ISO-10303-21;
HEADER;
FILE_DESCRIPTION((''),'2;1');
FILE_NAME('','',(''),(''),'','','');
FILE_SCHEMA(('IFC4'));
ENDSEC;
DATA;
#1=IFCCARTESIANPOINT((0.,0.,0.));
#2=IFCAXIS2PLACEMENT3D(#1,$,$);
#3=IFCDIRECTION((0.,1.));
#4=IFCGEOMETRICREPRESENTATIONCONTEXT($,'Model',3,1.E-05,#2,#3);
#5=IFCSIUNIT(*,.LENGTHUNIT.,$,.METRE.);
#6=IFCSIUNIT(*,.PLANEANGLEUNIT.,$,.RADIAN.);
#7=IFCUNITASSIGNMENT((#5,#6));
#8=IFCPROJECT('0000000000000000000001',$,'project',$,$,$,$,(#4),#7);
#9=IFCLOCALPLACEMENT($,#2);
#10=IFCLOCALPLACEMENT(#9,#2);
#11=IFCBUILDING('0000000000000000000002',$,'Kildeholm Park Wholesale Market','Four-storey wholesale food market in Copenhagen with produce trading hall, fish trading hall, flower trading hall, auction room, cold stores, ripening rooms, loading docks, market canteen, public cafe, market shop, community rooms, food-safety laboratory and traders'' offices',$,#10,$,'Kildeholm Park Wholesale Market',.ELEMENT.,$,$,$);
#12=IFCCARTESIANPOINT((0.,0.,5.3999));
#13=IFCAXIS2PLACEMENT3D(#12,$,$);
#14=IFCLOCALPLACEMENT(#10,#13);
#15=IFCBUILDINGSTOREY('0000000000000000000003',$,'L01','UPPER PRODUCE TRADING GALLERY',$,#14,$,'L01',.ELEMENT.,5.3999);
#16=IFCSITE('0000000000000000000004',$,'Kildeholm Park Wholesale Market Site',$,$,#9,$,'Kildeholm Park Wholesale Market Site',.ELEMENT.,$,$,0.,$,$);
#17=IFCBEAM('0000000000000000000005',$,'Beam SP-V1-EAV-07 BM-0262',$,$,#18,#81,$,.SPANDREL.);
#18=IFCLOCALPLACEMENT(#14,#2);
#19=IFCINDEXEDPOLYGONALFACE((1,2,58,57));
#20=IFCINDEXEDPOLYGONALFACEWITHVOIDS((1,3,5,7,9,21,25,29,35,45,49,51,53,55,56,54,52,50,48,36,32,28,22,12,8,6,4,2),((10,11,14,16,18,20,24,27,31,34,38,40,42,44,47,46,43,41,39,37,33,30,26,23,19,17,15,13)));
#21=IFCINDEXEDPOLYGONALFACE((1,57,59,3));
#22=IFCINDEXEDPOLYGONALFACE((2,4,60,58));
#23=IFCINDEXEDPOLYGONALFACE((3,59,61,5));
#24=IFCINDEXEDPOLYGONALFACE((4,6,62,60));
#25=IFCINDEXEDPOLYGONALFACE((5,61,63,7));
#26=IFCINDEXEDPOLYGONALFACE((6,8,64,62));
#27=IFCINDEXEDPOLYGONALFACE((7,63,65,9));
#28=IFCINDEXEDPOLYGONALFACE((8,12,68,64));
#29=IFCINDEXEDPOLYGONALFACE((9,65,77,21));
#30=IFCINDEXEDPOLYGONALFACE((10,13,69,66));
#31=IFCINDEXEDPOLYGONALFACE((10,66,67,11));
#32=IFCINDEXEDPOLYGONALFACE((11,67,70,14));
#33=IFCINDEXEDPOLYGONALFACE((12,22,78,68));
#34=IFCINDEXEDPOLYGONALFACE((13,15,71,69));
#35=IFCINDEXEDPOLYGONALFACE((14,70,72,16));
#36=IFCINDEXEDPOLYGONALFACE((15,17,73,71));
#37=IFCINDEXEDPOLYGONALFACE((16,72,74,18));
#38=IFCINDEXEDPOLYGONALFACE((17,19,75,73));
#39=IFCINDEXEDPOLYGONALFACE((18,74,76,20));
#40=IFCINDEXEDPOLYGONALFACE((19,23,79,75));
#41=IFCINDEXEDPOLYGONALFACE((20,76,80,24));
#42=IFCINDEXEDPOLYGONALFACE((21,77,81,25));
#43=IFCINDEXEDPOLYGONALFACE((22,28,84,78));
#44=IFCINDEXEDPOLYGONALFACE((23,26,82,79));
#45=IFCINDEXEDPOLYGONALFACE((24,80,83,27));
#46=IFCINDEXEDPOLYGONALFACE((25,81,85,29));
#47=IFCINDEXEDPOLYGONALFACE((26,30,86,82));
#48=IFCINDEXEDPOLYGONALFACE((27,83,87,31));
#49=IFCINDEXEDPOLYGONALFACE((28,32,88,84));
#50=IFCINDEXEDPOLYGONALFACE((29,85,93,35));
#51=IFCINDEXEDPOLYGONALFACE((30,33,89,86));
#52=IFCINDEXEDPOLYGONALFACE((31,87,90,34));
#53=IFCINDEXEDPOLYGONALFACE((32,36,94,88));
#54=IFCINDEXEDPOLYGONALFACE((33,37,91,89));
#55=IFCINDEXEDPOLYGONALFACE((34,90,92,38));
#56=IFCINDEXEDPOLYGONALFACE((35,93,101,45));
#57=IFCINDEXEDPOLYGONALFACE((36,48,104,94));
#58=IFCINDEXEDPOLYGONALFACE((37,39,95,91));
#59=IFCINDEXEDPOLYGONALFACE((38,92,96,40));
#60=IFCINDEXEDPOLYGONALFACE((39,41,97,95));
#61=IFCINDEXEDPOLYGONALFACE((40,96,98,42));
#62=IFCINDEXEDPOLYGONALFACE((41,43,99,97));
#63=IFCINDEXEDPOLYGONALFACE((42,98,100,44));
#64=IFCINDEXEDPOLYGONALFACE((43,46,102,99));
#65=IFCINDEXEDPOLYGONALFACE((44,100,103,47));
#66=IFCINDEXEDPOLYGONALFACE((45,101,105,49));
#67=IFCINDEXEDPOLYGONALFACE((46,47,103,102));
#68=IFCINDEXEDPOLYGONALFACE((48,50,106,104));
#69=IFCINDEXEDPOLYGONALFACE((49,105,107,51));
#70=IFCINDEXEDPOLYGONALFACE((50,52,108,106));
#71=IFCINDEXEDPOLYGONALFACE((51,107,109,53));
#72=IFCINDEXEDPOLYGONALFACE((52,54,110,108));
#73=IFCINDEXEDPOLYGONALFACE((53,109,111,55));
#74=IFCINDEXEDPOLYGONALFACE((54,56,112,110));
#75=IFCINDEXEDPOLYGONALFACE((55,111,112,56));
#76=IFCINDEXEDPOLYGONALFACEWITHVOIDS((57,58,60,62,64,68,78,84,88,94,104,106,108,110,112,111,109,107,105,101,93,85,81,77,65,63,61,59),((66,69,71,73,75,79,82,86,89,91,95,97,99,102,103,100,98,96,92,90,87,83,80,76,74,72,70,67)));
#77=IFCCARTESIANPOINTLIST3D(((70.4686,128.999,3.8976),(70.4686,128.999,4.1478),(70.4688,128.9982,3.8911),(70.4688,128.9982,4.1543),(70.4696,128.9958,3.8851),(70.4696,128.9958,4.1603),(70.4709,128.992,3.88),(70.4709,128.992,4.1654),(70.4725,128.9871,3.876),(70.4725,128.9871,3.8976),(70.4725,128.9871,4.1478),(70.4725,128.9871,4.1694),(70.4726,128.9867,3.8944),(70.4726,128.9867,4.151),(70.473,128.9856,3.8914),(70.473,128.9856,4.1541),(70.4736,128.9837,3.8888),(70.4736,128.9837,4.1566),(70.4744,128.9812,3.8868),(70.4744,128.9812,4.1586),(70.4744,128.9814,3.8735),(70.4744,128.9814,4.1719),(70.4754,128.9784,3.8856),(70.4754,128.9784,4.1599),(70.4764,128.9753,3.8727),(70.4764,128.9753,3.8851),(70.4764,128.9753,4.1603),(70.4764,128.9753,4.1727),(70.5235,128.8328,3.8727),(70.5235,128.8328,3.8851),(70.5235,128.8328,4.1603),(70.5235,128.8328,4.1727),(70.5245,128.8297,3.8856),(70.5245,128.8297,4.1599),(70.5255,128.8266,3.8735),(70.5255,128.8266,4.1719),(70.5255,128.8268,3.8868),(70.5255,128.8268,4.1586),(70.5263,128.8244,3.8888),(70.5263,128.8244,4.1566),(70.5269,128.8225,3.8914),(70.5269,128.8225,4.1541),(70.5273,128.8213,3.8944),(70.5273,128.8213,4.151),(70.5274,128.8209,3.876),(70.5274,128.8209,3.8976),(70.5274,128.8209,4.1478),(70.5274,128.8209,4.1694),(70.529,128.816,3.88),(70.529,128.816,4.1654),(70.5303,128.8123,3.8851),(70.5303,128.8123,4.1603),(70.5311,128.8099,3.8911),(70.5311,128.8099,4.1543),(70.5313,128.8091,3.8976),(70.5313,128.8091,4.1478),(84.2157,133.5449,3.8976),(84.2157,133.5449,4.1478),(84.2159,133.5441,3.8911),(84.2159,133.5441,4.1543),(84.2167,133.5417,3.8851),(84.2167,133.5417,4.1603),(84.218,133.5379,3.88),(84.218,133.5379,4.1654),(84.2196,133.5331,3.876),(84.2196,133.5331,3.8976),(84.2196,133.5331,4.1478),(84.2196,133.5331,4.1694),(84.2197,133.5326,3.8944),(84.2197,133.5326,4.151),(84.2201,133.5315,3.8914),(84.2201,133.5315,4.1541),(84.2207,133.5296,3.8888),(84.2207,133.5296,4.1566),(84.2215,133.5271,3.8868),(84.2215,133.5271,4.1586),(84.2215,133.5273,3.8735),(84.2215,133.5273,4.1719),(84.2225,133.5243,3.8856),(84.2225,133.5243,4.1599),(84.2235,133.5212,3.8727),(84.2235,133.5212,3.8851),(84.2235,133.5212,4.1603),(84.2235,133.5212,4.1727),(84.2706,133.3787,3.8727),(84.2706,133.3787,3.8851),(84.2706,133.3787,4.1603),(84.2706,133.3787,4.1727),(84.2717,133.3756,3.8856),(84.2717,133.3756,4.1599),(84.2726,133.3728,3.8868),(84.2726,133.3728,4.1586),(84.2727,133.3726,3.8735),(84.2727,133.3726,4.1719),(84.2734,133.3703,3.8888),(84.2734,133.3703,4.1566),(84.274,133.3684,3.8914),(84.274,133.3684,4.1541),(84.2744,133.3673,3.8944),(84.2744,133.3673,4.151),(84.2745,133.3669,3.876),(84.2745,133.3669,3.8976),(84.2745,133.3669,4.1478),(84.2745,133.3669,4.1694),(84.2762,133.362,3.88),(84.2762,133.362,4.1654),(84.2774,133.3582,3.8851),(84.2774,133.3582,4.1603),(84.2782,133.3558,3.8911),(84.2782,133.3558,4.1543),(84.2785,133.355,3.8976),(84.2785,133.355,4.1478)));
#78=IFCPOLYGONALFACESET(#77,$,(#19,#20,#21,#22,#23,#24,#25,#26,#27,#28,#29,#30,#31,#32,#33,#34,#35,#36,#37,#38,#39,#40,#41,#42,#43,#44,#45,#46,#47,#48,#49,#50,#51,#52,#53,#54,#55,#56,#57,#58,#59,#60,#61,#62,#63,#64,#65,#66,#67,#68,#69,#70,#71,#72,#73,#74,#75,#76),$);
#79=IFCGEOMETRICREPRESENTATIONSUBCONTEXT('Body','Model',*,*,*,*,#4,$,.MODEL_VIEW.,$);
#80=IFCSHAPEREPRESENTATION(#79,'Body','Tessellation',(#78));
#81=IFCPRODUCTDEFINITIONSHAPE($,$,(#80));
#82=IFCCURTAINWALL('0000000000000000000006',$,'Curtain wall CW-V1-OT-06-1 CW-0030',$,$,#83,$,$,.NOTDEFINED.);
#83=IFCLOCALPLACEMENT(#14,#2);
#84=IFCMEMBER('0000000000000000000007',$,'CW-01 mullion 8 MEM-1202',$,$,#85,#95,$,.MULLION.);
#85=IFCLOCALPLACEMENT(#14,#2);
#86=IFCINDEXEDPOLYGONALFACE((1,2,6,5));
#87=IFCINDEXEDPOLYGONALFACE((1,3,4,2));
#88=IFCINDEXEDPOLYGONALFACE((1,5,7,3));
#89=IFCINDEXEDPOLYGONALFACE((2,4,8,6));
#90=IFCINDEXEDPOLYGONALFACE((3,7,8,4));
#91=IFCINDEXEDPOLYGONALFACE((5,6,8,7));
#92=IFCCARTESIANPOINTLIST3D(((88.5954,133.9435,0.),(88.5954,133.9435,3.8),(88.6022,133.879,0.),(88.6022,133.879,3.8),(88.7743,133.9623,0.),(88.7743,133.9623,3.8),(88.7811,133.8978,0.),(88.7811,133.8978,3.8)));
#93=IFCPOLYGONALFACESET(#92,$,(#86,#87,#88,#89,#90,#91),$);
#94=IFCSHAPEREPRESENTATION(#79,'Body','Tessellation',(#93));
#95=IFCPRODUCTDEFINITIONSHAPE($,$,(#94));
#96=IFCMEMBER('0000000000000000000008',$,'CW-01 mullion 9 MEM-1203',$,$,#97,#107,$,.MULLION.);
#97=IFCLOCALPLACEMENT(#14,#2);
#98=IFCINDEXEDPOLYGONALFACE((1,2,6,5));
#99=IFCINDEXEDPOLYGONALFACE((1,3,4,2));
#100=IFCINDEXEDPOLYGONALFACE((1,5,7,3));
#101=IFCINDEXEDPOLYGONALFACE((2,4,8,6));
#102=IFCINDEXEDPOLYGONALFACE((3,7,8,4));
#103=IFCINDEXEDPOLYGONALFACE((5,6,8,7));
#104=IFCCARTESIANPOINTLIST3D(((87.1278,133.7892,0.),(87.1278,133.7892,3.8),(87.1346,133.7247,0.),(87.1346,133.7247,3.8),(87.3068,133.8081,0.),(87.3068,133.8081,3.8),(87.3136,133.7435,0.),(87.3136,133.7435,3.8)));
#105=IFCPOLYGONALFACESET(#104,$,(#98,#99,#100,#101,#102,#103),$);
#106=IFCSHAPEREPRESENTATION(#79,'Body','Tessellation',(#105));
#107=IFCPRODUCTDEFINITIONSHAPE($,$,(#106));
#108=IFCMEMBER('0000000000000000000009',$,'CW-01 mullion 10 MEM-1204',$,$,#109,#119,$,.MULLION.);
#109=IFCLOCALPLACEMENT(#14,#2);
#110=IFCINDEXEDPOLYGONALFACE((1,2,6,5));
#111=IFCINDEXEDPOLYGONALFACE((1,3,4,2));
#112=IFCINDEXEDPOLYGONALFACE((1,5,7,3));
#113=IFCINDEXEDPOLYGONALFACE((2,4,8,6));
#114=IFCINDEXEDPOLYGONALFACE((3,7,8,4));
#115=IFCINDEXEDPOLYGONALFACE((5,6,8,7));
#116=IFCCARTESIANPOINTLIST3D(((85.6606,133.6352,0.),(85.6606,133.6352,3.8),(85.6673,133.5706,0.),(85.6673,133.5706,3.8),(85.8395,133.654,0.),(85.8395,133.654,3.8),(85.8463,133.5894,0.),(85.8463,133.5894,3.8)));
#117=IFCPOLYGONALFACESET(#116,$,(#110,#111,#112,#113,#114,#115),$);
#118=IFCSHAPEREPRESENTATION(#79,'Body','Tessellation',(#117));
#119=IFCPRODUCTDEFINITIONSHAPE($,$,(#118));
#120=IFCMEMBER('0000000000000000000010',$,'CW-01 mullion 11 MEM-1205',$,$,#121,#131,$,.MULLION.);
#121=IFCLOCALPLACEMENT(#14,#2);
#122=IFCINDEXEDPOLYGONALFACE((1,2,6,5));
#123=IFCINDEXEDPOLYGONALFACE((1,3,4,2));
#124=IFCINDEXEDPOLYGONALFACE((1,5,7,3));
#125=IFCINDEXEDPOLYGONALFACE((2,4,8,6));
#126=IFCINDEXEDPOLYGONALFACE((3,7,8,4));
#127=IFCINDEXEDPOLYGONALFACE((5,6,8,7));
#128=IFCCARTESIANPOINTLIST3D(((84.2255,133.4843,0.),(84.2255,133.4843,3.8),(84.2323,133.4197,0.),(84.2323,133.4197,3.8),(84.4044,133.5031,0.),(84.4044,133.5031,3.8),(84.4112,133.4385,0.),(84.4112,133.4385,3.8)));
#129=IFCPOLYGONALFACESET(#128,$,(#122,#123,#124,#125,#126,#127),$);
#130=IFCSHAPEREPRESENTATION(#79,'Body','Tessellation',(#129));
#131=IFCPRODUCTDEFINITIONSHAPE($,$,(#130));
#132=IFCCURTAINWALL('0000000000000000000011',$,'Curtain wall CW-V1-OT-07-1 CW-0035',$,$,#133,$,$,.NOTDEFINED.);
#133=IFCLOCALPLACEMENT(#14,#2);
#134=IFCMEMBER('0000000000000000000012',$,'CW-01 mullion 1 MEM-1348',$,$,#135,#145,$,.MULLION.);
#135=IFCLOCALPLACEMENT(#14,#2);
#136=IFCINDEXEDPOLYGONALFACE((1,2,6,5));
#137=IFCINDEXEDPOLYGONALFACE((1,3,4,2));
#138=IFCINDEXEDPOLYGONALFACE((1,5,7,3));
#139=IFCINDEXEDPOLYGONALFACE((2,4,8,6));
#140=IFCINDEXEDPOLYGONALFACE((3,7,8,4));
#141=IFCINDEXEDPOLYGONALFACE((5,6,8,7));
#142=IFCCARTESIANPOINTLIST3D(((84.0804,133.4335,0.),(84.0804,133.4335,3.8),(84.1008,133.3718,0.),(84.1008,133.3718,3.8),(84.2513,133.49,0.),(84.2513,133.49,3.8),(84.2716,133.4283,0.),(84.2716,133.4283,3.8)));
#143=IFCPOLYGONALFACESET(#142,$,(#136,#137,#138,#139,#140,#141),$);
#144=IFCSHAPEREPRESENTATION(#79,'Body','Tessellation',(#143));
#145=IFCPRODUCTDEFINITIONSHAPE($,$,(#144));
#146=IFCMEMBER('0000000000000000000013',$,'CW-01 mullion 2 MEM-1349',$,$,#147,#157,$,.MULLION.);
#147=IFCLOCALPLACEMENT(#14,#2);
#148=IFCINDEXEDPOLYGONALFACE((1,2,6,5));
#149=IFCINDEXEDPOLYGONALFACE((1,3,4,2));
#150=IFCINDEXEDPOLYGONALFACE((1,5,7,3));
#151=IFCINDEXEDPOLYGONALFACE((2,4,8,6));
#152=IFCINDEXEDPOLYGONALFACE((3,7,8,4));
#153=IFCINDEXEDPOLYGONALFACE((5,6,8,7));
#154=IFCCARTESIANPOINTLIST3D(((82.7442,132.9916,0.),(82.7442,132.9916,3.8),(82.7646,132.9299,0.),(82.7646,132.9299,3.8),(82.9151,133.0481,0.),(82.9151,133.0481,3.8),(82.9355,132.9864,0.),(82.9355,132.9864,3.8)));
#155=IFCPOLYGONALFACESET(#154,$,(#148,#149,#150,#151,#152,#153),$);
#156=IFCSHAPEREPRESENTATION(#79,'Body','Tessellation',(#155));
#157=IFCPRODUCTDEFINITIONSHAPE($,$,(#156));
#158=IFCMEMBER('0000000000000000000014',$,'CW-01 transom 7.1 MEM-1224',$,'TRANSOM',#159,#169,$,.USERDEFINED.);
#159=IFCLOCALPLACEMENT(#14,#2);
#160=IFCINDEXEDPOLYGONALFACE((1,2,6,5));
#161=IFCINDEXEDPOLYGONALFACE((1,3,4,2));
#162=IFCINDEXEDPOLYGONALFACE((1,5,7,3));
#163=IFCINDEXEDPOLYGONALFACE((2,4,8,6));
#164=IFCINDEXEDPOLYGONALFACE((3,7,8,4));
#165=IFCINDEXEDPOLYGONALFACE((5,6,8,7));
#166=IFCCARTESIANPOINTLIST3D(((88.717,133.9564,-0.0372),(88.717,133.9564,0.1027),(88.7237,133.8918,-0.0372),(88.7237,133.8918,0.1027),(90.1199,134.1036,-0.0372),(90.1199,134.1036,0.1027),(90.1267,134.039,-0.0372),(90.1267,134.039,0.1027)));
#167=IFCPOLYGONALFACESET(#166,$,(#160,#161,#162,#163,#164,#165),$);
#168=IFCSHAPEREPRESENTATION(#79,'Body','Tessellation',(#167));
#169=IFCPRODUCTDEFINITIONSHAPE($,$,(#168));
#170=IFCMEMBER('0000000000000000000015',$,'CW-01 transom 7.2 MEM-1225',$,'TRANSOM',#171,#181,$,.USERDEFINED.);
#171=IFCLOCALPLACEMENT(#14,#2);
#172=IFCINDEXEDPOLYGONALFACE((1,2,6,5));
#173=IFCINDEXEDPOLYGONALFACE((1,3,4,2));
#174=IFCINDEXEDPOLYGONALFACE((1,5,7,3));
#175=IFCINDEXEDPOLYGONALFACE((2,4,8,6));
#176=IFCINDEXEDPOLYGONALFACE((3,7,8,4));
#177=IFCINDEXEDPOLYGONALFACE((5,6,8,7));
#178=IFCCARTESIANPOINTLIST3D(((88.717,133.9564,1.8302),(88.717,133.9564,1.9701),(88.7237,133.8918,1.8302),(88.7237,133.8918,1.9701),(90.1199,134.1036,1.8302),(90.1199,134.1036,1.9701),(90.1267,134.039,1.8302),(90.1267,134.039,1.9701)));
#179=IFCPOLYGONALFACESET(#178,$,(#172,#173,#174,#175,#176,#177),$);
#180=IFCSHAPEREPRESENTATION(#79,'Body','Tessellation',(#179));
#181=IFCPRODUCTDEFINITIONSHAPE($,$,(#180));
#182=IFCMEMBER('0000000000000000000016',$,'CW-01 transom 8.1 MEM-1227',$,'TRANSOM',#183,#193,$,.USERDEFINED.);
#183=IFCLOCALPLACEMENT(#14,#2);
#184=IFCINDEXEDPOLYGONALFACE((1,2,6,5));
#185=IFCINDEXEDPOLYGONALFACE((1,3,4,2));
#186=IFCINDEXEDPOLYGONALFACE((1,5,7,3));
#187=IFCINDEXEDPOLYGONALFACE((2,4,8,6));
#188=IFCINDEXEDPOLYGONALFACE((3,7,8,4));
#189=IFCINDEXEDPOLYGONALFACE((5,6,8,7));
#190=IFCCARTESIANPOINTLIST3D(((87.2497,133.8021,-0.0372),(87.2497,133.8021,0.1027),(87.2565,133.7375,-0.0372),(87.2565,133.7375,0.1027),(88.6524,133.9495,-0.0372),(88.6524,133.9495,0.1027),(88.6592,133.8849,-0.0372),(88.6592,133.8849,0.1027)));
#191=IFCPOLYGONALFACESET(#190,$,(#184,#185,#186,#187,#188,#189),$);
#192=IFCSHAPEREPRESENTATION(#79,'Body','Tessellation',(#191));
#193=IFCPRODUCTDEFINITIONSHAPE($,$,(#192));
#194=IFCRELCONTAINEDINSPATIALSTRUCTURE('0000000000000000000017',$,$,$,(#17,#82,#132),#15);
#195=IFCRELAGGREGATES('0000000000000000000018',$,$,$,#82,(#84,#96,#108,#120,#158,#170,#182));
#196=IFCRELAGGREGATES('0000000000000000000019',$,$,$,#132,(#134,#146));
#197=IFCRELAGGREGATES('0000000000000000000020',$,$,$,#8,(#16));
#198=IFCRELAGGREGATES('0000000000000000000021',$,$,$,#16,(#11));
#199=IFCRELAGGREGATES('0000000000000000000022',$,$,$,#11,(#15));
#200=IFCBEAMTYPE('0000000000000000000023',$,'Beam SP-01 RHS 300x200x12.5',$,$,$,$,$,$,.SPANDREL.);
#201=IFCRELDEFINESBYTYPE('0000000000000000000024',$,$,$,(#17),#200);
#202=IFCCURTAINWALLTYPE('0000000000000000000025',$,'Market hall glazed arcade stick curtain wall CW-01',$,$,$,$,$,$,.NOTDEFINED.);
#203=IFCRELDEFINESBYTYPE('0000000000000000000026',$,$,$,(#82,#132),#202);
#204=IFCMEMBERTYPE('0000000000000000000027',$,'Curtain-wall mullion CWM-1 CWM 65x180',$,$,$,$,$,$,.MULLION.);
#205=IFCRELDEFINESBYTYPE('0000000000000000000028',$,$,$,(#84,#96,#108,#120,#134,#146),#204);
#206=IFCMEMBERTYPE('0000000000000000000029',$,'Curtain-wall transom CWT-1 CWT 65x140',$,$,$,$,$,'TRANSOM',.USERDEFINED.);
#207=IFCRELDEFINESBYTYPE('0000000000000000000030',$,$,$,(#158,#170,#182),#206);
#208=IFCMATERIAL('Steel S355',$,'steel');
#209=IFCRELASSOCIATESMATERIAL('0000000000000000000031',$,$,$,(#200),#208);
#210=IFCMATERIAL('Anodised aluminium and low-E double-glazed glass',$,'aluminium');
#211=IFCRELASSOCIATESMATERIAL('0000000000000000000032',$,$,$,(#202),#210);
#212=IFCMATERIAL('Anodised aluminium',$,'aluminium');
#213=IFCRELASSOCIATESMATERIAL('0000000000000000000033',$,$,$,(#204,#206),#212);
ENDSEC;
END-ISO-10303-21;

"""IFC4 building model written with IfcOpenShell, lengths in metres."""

from ifc_helpers import new_model, si_unit, direction, frame, origin, origin_2d, place, context, subcontext, project, spatial, rectangle, hollow_rectangle, extrude, material, material_profile, profile_set, type_object, element, aggregate, save


model = new_model("IFC4")

# Units and contexts
model_context = context("Model", 3, precision=1e-05, world=origin(), true_north=direction((0.0, 1.0)))
body_context = subcontext(model_context, "Body", "Model", "MODEL_VIEW")
ifc_project = project(units=[si_unit("LENGTHUNIT", "METRE"), si_unit("PLANEANGLEUNIT", "RADIAN")], contexts=[model_context])

# Site, building, storey
site_placement = place(None, origin())
site = spatial("IfcSite", under=ifc_project, at=site_placement, Name="Kildeholm Park Wholesale Market Site", LongName="Kildeholm Park Wholesale Market Site", CompositionType="ELEMENT", RefElevation=0.0)
building_placement = place(site_placement, origin())
building = spatial("IfcBuilding", under=site, at=building_placement, Name="Kildeholm Park Wholesale Market", Description="Four-storey wholesale food market in Copenhagen with produce trading hall, fish trading hall, flower trading hall, auction room, cold stores, ripening rooms, loading docks, market canteen, public cafe, market shop, community rooms, food-safety laboratory and traders' offices", LongName="Kildeholm Park Wholesale Market", CompositionType="ELEMENT")
storey_placement = place(building_placement, frame((0.0, 0.0, 5.3999)))
storey = spatial("IfcBuildingStorey", under=building, at=storey_placement, Name="L01", Description="UPPER PRODUCE TRADING GALLERY", LongName="L01", CompositionType="ELEMENT", Elevation=5.3999)

# Shared definitions
ifc_material_1 = material(Name="Steel S355", Category="steel")

# Beam
ifc_material_profile_1 = material_profile(ifc_material_1, hollow_rectangle(XDim=0.2, YDim=0.3, WallThickness=0.0125, InnerFilletRadius=0.0125, OuterFilletRadius=0.0249, at=origin_2d()), Name="RHS 300x200x12.5")
ifc_profile_set_1 = profile_set([ifc_material_profile_1], Name="Steel S355")
beam_type_1 = type_object("IfcBeamType", Name="Beam SP-01 RHS 300x200x12.5", PredefinedType="SPANDREL", material=ifc_profile_set_1)
beam_1_placement = place(storey_placement, frame((84.2471, 133.45, 4.0227), z_axis=(-0.949436, -0.313961, 0.0), x_axis=(0.313961, -0.949436, 0.0)))
element("IfcBeam", 1, at=beam_1_placement, inside=storey, type_object=beam_type_1, Name="Beam SP-V1-EAV-07 BM-0262", PredefinedType="SPANDREL", context=body_context, shape_type="SweptSolid", body=[
    extrude(hollow_rectangle(XDim=0.2, YDim=0.3, WallThickness=0.0125, InnerFilletRadius=0.0125, OuterFilletRadius=0.0249, at=origin_2d()), origin(), (0.0, 0.0, 1.0), 14.4792),
])

# Curtain walls, members
ifc_material_2 = material(Name="Anodised aluminium and low-E double-glazed glass", Category="aluminium")
curtain_wall_type = type_object("IfcCurtainWallType", Name="Market hall glazed arcade stick curtain wall CW-01", PredefinedType="NOTDEFINED", material=ifc_material_2)
curtain_wall_1_placement = place(storey_placement, origin())
curtain_wall_1 = element("IfcCurtainWall", 2, at=curtain_wall_1_placement, inside=storey, type_object=curtain_wall_type, Name="Curtain wall CW-V1-OT-06-1 CW-0030", PredefinedType="NOTDEFINED")
ifc_material_3 = material(Name="Anodised aluminium", Category="aluminium")
ifc_material_profile_2 = material_profile(ifc_material_3, rectangle(XDim=0.0649, YDim=0.1799, at=origin_2d()), Name="CWM 65x180")
ifc_profile_set_2 = profile_set([ifc_material_profile_2], Name="Anodised aluminium")
member_type_1 = type_object("IfcMemberType", Name="Curtain-wall mullion CWM-1 CWM 65x180", PredefinedType="MULLION", material=ifc_profile_set_2)
member_1_placement = place(storey_placement, frame((88.6882, 133.9207, 0.0), z_axis=(0.0, 0.0, 1.0), x_axis=(0.104508, -0.994524, 0.0)))
member_1 = element("IfcMember", 3, at=member_1_placement, type_object=member_type_1, Name="CW-01 mullion 8 MEM-1202", PredefinedType="MULLION", context=body_context, shape_type="SweptSolid", body=[
    extrude(rectangle(XDim=0.0649, YDim=0.1799, at=origin_2d()), origin(), (0.0, 0.0, 1.0), 3.8),
])
member_2_placement = place(storey_placement, frame((87.2207, 133.7664, 0.0), z_axis=(0.0, 0.0, 1.0), x_axis=(0.104508, -0.994524, 0.0)))
member_2 = element("IfcMember", 4, at=member_2_placement, type_object=member_type_1, Name="CW-01 mullion 9 MEM-1203", PredefinedType="MULLION", context=body_context, shape_type="SweptSolid", body=[
    extrude(rectangle(XDim=0.0649, YDim=0.1799, at=origin_2d()), origin(), (0.0, 0.0, 1.0), 3.8),
])
member_3_placement = place(storey_placement, frame((85.7534, 133.6123, 0.0), z_axis=(0.0, 0.0, 1.0), x_axis=(0.104508, -0.994524, 0.0)))
member_3 = element("IfcMember", 5, at=member_3_placement, type_object=member_type_1, Name="CW-01 mullion 10 MEM-1204", PredefinedType="MULLION", context=body_context, shape_type="SweptSolid", body=[
    extrude(rectangle(XDim=0.0649, YDim=0.1799, at=origin_2d()), origin(), (0.0, 0.0, 1.0), 3.8),
])
member_4_placement = place(storey_placement, frame((84.3184, 133.4614, 0.0), z_axis=(0.0, 0.0, 1.0), x_axis=(0.104508, -0.994524, 0.0)))
member_4 = element("IfcMember", 6, at=member_4_placement, type_object=member_type_1, Name="CW-01 mullion 11 MEM-1205", PredefinedType="MULLION", context=body_context, shape_type="SweptSolid", body=[
    extrude(rectangle(XDim=0.0649, YDim=0.1799, at=origin_2d()), origin(), (0.0, 0.0, 1.0), 3.8),
])
curtain_wall_2_placement = place(storey_placement, origin())
curtain_wall_2 = element("IfcCurtainWall", 7, at=curtain_wall_2_placement, inside=storey, type_object=curtain_wall_type, Name="Curtain wall CW-V1-OT-07-1 CW-0035", PredefinedType="NOTDEFINED")
member_5_placement = place(storey_placement, frame((84.176, 133.4309, 0.0), z_axis=(0.0, 0.0, 1.0), x_axis=(0.313914, -0.949451, 0.0)))
member_5 = element("IfcMember", 8, at=member_5_placement, type_object=member_type_1, Name="CW-01 mullion 1 MEM-1348", PredefinedType="MULLION", context=body_context, shape_type="SweptSolid", body=[
    extrude(rectangle(XDim=0.0649, YDim=0.1799, at=origin_2d()), origin(), (0.0, 0.0, 1.0), 3.8),
])
member_6_placement = place(storey_placement, frame((82.8398, 132.989, 0.0), z_axis=(0.0, 0.0, 1.0), x_axis=(0.313914, -0.949451, 0.0)))
member_6 = element("IfcMember", 9, at=member_6_placement, type_object=member_type_1, Name="CW-01 mullion 2 MEM-1349", PredefinedType="MULLION", context=body_context, shape_type="SweptSolid", body=[
    extrude(rectangle(XDim=0.0649, YDim=0.1799, at=origin_2d()), origin(), (0.0, 0.0, 1.0), 3.8),
])

# Members
ifc_material_profile_3 = material_profile(ifc_material_3, rectangle(XDim=0.0649, YDim=0.1399, at=origin_2d()), Name="CWT 65x140")
ifc_profile_set_3 = profile_set([ifc_material_profile_3], Name="Anodised aluminium")
member_type_2 = type_object("IfcMemberType", Name="Curtain-wall transom CWT-1 CWT 65x140", ElementType="TRANSOM", PredefinedType="USERDEFINED", material=ifc_profile_set_3)
member_7_placement = place(storey_placement, frame((90.1233, 134.0713, 0.0327), z_axis=(-0.994539, -0.104369, 0.0), x_axis=(0.104369, -0.994539, 0.0)))
member_7 = element("IfcMember", 10, at=member_7_placement, type_object=member_type_2, Name="CW-01 transom 7.1 MEM-1224", ObjectType="TRANSOM", PredefinedType="USERDEFINED", context=body_context, shape_type="SweptSolid", body=[
    extrude(rectangle(XDim=0.0649, YDim=0.1399, at=origin_2d()), origin(), (0.0, 0.0, 1.0), 1.4106),
])
member_8_placement = place(storey_placement, frame((90.1233, 134.0713, 1.9001), z_axis=(-0.994539, -0.104369, 0.0), x_axis=(0.104369, -0.994539, 0.0)))
member_8 = element("IfcMember", 11, at=member_8_placement, type_object=member_type_2, Name="CW-01 transom 7.2 MEM-1225", ObjectType="TRANSOM", PredefinedType="USERDEFINED", context=body_context, shape_type="SweptSolid", body=[
    extrude(rectangle(XDim=0.0649, YDim=0.1399, at=origin_2d()), origin(), (0.0, 0.0, 1.0), 1.4106),
])
member_9_placement = place(storey_placement, frame((88.6558, 133.9172, 0.0327), z_axis=(-0.994519, -0.104559, 0.0), x_axis=(0.104559, -0.994519, 0.0)))
member_9 = element("IfcMember", 12, at=member_9_placement, type_object=member_type_2, Name="CW-01 transom 8.1 MEM-1227", ObjectType="TRANSOM", PredefinedType="USERDEFINED", context=body_context, shape_type="SweptSolid", body=[
    extrude(rectangle(XDim=0.0649, YDim=0.1399, at=origin_2d()), origin(), (0.0, 0.0, 1.0), 1.4104),
])

aggregate(curtain_wall_1, [member_1, member_2, member_3, member_4, member_7, member_8, member_9])
aggregate(curtain_wall_2, [member_5, member_6])

save(model, "model.ifc")
